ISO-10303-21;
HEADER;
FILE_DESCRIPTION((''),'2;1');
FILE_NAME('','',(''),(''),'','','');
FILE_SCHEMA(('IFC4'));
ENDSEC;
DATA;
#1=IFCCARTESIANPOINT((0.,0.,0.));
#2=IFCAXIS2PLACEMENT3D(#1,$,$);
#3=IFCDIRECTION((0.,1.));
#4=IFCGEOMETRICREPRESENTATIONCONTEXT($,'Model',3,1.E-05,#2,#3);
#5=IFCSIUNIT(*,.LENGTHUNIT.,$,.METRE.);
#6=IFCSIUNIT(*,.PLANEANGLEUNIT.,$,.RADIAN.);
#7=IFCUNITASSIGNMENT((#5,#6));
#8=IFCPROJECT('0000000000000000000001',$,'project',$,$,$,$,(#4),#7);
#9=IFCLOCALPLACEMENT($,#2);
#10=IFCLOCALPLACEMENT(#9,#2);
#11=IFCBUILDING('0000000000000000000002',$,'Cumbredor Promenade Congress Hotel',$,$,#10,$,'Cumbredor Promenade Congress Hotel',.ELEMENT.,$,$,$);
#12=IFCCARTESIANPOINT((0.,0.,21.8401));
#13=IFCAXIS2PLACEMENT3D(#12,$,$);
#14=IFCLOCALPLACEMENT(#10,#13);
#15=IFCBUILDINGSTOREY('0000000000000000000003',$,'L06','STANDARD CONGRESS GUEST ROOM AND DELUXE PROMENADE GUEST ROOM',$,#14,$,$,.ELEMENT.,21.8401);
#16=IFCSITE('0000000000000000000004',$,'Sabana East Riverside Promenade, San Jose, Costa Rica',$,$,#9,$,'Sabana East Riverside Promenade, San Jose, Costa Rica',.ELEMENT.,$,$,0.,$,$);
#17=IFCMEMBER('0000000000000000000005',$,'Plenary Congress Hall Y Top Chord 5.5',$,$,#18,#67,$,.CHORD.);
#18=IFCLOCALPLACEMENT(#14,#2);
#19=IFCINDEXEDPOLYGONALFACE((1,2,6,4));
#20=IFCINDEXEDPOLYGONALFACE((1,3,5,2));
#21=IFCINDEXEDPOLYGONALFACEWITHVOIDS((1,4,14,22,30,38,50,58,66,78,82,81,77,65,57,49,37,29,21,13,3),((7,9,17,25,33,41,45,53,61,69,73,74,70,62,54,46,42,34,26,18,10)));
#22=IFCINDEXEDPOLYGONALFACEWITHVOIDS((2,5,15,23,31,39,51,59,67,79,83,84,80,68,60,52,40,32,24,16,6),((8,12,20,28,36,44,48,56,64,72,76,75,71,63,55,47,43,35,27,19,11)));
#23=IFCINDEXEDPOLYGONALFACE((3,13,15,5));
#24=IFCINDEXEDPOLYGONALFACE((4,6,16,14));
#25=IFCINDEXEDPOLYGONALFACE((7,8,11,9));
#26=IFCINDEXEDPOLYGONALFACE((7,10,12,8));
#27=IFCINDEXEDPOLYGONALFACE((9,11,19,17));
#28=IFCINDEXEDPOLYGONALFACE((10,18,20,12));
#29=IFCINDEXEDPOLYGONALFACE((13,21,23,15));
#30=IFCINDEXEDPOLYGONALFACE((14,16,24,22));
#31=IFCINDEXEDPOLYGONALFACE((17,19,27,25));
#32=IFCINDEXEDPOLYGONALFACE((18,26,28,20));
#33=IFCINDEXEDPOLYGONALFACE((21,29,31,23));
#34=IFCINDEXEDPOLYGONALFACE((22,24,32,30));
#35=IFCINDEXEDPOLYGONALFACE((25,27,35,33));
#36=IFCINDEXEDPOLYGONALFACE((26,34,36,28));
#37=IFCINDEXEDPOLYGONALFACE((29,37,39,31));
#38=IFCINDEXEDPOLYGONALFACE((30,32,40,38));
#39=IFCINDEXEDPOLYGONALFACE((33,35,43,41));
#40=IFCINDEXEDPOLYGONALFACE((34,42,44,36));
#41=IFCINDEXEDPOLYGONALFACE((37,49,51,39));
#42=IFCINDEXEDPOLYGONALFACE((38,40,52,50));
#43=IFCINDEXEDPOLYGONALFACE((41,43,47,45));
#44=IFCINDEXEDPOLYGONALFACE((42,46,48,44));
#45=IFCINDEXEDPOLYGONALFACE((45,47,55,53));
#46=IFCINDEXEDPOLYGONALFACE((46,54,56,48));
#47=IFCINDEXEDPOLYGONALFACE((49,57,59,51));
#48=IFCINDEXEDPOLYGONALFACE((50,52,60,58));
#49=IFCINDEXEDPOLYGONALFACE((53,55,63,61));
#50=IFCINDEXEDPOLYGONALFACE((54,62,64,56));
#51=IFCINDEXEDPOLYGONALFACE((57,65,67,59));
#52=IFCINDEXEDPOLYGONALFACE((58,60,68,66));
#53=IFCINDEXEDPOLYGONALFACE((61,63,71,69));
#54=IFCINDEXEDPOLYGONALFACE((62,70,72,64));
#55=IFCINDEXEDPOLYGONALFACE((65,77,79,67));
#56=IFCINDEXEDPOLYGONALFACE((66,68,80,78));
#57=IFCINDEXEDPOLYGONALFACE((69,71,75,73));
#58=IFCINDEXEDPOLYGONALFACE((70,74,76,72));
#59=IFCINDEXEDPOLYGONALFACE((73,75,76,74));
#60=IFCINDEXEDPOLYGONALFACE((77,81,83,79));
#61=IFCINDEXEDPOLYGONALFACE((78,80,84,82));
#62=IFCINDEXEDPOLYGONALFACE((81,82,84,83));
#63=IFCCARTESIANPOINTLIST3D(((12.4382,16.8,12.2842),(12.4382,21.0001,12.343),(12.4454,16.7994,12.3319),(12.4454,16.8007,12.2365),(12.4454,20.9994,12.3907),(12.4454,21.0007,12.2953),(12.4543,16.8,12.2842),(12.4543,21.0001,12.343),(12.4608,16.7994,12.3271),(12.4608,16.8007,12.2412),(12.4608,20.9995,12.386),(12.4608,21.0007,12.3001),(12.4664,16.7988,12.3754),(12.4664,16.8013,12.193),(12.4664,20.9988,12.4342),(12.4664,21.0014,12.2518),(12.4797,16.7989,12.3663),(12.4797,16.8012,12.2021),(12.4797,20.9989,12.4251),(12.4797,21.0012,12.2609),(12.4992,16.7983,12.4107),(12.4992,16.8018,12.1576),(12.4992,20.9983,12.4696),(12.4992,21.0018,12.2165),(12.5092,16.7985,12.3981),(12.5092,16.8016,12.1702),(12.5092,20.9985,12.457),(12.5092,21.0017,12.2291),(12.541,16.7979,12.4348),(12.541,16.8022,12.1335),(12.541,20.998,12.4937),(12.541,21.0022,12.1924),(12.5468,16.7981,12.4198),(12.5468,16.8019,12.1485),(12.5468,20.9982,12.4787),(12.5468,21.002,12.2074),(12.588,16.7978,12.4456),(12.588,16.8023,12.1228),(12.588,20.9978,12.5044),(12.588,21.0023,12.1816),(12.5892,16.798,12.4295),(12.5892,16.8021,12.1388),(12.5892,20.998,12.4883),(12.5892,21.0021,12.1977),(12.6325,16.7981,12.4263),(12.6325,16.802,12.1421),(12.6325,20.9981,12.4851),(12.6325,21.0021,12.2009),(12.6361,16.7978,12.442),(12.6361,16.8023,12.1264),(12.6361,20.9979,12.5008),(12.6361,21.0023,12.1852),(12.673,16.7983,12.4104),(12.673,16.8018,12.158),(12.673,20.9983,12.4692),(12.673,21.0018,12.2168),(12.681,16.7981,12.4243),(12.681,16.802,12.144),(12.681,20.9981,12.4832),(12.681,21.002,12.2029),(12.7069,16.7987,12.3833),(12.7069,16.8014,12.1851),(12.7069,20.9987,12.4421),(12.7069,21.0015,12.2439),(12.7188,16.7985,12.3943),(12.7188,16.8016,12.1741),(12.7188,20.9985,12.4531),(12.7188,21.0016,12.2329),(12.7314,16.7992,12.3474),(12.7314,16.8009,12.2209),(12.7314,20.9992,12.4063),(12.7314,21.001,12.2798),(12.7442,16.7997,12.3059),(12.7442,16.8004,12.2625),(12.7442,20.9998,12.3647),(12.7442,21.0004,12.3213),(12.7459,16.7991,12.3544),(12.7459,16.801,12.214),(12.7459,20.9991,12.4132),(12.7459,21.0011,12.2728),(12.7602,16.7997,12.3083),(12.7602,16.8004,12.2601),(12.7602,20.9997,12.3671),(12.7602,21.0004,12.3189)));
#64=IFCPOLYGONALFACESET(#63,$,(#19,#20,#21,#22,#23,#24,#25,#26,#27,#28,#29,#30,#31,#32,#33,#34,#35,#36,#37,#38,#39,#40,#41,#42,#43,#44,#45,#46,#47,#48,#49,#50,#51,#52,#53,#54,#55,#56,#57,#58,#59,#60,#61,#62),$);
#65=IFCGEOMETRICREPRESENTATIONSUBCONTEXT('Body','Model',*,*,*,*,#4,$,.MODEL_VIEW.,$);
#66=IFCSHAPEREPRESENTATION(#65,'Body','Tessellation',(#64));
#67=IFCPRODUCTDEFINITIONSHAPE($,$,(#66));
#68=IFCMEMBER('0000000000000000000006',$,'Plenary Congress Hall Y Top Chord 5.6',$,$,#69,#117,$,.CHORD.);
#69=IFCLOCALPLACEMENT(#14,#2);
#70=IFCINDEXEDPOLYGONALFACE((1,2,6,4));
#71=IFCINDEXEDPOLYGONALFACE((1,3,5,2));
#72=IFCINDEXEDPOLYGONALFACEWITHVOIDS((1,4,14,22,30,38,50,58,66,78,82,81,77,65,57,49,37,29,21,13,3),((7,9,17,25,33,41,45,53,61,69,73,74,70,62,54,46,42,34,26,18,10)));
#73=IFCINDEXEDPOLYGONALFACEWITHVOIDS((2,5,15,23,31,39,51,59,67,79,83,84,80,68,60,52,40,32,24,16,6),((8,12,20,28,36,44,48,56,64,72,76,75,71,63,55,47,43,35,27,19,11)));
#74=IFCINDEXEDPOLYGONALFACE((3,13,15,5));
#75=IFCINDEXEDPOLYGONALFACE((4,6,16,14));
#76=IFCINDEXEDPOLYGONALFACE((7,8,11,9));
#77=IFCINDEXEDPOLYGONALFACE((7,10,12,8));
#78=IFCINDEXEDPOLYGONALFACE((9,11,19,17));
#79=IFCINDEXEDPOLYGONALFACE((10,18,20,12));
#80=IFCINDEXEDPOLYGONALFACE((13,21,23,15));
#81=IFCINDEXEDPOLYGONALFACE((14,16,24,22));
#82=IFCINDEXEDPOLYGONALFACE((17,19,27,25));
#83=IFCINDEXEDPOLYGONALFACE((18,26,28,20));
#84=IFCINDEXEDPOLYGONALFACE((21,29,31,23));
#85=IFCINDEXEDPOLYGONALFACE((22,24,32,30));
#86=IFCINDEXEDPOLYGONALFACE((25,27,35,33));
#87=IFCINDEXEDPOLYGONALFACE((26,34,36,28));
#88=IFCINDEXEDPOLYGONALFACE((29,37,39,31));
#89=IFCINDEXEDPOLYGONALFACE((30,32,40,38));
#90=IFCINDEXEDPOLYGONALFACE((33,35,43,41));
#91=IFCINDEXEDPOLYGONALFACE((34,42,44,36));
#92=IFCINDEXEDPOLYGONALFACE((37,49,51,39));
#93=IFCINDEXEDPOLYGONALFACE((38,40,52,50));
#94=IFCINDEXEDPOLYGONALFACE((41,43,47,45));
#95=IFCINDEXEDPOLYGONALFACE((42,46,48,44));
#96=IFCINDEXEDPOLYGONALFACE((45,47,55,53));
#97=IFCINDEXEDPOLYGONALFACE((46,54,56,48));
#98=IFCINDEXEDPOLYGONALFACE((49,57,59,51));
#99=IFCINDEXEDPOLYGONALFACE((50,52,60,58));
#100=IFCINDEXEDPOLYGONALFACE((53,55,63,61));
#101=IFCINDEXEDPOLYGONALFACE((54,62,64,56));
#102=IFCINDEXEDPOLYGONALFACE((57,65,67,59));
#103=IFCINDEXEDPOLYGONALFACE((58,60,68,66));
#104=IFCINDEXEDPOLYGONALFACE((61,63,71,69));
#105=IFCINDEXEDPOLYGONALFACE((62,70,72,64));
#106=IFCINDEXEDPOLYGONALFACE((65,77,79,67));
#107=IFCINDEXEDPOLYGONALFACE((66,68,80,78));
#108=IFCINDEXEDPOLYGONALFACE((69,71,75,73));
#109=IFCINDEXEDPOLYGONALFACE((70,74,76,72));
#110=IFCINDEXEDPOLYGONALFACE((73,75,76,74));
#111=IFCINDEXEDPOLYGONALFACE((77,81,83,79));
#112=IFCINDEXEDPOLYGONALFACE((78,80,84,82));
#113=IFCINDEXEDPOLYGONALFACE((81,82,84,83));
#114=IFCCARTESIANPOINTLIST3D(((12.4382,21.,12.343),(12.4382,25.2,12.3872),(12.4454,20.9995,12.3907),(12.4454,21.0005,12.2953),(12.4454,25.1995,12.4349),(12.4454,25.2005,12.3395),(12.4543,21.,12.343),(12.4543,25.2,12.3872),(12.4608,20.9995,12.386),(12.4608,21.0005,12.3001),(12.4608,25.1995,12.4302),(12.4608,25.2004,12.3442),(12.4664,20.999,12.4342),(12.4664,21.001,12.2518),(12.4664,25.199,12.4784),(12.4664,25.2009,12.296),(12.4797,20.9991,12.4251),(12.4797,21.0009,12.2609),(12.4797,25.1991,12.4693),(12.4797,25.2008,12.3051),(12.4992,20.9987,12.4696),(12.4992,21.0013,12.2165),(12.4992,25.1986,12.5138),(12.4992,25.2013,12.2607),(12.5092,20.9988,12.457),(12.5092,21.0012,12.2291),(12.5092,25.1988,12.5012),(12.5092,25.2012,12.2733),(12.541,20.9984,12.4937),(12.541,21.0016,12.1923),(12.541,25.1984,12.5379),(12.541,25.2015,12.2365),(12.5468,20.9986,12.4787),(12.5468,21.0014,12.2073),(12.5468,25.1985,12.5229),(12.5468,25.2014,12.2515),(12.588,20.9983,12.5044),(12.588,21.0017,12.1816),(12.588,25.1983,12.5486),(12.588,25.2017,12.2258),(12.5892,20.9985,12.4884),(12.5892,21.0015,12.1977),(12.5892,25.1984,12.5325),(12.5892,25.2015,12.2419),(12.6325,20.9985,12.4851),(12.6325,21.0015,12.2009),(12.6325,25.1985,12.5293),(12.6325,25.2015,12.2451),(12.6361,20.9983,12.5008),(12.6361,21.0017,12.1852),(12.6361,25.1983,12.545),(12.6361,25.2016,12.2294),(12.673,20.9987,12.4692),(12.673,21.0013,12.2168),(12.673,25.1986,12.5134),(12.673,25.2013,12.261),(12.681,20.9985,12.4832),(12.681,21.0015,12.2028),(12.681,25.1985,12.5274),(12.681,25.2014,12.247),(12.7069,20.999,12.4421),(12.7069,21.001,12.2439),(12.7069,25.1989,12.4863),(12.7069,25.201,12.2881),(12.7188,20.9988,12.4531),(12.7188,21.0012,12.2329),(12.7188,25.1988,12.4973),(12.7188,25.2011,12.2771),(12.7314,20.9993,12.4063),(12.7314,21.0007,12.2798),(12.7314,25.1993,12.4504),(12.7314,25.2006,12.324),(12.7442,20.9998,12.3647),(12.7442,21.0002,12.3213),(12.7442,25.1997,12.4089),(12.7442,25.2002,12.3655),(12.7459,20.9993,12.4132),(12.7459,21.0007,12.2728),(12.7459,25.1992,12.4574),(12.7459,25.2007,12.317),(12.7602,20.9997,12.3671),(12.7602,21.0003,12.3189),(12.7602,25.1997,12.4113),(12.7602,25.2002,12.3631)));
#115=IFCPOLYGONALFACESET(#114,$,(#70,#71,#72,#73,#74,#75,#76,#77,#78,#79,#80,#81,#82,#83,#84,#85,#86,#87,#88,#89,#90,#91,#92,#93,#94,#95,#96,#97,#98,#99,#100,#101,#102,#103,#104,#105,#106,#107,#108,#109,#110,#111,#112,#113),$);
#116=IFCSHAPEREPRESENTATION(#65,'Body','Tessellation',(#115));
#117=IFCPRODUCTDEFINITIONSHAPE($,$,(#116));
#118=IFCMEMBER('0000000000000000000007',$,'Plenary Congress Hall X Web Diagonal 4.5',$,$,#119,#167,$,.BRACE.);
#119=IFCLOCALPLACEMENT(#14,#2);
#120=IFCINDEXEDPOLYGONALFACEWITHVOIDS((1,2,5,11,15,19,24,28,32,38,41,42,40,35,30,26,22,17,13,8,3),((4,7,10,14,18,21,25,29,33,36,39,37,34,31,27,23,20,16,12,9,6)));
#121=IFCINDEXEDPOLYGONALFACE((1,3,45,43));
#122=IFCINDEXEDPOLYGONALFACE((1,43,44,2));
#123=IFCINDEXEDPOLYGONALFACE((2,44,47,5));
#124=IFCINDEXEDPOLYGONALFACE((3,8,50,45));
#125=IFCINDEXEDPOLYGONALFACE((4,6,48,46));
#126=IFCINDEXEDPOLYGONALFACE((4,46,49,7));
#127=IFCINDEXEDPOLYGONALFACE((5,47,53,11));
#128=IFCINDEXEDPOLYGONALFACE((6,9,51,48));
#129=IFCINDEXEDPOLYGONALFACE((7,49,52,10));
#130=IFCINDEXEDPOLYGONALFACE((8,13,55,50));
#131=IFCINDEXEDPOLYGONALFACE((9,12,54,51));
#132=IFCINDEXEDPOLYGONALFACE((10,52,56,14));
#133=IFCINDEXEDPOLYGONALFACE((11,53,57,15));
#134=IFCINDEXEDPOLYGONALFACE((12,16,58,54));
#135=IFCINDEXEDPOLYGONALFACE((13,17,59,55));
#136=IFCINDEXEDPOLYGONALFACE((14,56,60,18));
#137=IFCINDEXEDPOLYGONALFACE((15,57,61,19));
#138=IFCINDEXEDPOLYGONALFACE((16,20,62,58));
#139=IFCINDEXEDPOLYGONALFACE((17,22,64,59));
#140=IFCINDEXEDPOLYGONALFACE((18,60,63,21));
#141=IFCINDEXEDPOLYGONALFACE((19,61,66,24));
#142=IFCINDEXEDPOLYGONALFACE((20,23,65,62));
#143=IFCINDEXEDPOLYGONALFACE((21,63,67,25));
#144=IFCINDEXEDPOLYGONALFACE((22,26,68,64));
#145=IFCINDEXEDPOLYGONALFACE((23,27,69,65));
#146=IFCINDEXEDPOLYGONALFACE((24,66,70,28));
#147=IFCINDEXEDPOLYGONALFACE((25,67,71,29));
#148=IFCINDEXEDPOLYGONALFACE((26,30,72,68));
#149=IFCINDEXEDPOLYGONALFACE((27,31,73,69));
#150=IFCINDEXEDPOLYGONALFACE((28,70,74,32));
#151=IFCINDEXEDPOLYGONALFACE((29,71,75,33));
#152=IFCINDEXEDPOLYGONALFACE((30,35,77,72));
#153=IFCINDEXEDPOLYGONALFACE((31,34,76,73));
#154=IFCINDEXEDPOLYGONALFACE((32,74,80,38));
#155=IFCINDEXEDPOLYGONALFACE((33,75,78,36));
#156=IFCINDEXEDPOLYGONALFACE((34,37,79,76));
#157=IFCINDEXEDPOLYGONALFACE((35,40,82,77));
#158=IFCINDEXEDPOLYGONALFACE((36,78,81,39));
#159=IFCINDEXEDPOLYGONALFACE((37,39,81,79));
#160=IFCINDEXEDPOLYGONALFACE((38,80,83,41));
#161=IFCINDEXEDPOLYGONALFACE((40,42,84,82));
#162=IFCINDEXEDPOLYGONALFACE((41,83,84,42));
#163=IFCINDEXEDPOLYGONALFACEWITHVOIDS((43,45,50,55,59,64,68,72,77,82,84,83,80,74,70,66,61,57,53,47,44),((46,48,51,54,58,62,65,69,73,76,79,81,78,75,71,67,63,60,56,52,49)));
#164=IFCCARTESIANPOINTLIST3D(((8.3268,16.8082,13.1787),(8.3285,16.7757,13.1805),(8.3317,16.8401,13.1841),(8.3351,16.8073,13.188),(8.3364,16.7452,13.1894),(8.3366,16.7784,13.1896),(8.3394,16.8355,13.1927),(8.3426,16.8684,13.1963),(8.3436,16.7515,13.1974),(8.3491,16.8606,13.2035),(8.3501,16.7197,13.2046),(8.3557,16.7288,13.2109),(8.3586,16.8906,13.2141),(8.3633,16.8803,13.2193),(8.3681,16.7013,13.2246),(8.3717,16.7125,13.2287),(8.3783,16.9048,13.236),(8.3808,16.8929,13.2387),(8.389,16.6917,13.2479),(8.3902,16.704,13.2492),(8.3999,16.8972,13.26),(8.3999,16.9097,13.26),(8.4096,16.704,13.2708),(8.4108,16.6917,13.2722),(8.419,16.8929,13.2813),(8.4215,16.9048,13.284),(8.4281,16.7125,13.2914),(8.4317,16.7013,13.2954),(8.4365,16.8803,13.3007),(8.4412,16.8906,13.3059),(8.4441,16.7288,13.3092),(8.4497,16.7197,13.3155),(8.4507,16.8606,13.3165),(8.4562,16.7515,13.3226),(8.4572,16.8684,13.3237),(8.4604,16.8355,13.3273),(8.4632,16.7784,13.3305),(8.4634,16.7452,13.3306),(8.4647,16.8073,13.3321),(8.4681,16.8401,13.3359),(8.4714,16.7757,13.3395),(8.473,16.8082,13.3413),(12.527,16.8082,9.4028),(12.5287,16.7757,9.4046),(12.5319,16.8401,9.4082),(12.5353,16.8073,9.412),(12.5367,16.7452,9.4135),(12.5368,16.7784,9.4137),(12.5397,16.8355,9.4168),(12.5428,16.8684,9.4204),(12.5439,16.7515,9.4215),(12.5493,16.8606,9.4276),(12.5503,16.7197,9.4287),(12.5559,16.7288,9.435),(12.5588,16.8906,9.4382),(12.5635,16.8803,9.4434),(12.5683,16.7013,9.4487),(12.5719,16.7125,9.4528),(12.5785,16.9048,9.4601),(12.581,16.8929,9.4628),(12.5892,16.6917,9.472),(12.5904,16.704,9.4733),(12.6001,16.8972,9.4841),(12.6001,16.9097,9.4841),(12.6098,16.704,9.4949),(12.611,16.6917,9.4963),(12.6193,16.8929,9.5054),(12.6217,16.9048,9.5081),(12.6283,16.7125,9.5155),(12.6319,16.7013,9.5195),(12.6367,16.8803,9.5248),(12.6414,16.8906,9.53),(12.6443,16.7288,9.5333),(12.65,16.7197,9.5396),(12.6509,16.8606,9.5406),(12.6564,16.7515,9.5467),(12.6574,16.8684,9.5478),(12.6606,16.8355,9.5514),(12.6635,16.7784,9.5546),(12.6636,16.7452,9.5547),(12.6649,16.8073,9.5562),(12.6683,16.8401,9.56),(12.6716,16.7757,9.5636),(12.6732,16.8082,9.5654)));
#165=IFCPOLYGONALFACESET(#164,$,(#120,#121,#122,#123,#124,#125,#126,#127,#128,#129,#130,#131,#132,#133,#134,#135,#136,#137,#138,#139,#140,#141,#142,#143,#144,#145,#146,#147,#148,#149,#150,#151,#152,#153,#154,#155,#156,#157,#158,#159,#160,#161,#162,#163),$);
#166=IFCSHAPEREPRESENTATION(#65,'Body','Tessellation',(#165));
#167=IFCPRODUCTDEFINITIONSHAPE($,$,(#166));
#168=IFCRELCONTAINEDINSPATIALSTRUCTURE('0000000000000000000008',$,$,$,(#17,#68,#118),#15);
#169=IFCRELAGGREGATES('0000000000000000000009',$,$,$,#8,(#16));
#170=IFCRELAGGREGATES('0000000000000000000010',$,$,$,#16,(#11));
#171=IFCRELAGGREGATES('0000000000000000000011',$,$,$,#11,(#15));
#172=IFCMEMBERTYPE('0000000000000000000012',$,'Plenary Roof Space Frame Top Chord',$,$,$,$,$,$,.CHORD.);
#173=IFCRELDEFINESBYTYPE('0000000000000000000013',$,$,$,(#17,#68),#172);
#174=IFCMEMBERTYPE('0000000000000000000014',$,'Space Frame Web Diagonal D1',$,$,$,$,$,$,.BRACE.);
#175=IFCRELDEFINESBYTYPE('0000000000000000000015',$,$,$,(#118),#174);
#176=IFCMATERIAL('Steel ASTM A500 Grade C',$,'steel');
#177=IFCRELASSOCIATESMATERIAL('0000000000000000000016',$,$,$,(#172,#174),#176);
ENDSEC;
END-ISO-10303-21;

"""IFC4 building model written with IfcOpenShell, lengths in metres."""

from ifc_helpers import new_model, si_unit, direction, frame, origin, origin_2d, place, context, subcontext, project, spatial, hollow_circle, extrude, material, material_profile, profile_set, type_object, element, save


model = new_model("IFC4")

# Units and contexts
model_context = context("Model", 3, precision=1e-05, world=origin(), true_north=direction((0.0, 1.0)))
body_context = subcontext(model_context, "Body", "Model", "MODEL_VIEW")
ifc_project = project(units=[si_unit("LENGTHUNIT", "METRE"), si_unit("PLANEANGLEUNIT", "RADIAN")], contexts=[model_context])

# Site, building, storey
site_placement = place(None, origin())
site = spatial("IfcSite", under=ifc_project, at=site_placement, Name="Sabana East Riverside Promenade, San Jose, Costa Rica", LongName="Sabana East Riverside Promenade, San Jose, Costa Rica", CompositionType="ELEMENT", RefElevation=0.0)
building_placement = place(site_placement, origin())
building = spatial("IfcBuilding", under=site, at=building_placement, Name="Cumbredor Promenade Congress Hotel", LongName="Cumbredor Promenade Congress Hotel", CompositionType="ELEMENT")
storey_placement = place(building_placement, frame((0.0, 0.0, 21.8401)))
storey = spatial("IfcBuildingStorey", under=building, at=storey_placement, Name="L06", Description="STANDARD CONGRESS GUEST ROOM AND DELUXE PROMENADE GUEST ROOM", CompositionType="ELEMENT", Elevation=21.8401)

# Members
ifc_material_1 = material(Name="Steel ASTM A500 Grade C", Category="steel")
ifc_material_profile_1 = material_profile(ifc_material_1, hollow_circle(Radius=0.1619, WallThickness=0.0161, at=origin_2d()), Name="CHS 323.9x16")
ifc_profile_set_1 = profile_set([ifc_material_profile_1], Name="Steel ASTM A500 Grade C")
member_type_1 = type_object("IfcMemberType", Name="Plenary Roof Space Frame Top Chord", PredefinedType="CHORD", material=ifc_profile_set_1)
member_1_placement = place(storey_placement, frame((12.6001, 16.8, 12.2842), z_axis=(0.0, 0.999902, 0.014008), x_axis=(-1.0, 0.0, 0.0)))
element("IfcMember", 1, at=member_1_placement, inside=storey, type_object=member_type_1, Name="Plenary Congress Hall Y Top Chord 5.5", PredefinedType="CHORD", context=body_context, shape_type="SweptSolid", body=[
    extrude(hollow_circle(Radius=0.1619, WallThickness=0.0161, at=origin_2d()), origin(), (0.0, 0.0, 1.0), 4.2004),
])
member_2_placement = place(storey_placement, frame((12.6001, 21.0, 12.343), z_axis=(0.0, 0.999945, 0.010521), x_axis=(-1.0, 0.0, 0.0)))
element("IfcMember", 2, at=member_2_placement, inside=storey, type_object=member_type_1, Name="Plenary Congress Hall Y Top Chord 5.6", PredefinedType="CHORD", context=body_context, shape_type="SweptSolid", body=[
    extrude(hollow_circle(Radius=0.1619, WallThickness=0.0161, at=origin_2d()), origin(), (0.0, 0.0, 1.0), 4.2002),
])
ifc_material_profile_2 = material_profile(ifc_material_1, hollow_circle(Radius=0.1096, WallThickness=0.0125, at=origin_2d()), Name="CHS 219.1x12.5")
ifc_profile_set_2 = profile_set([ifc_material_profile_2], Name="Steel ASTM A500 Grade C")
member_type_2 = type_object("IfcMemberType", Name="Space Frame Web Diagonal D1", PredefinedType="BRACE", material=ifc_profile_set_2)
member_3_placement = place(storey_placement, frame((8.3999, 16.8, 13.26), z_axis=(0.743672, 0.0, -0.668544), x_axis=(0.0, 1.0, 0.0)))
element("IfcMember", 3, at=member_3_placement, inside=storey, type_object=member_type_2, Name="Plenary Congress Hall X Web Diagonal 4.5", PredefinedType="BRACE", context=body_context, shape_type="SweptSolid", body=[
    extrude(hollow_circle(Radius=0.1096, WallThickness=0.0125, at=origin_2d()), origin(), (0.0, 0.0, 1.0), 5.6479),
])

save(model, "model.ifc")
